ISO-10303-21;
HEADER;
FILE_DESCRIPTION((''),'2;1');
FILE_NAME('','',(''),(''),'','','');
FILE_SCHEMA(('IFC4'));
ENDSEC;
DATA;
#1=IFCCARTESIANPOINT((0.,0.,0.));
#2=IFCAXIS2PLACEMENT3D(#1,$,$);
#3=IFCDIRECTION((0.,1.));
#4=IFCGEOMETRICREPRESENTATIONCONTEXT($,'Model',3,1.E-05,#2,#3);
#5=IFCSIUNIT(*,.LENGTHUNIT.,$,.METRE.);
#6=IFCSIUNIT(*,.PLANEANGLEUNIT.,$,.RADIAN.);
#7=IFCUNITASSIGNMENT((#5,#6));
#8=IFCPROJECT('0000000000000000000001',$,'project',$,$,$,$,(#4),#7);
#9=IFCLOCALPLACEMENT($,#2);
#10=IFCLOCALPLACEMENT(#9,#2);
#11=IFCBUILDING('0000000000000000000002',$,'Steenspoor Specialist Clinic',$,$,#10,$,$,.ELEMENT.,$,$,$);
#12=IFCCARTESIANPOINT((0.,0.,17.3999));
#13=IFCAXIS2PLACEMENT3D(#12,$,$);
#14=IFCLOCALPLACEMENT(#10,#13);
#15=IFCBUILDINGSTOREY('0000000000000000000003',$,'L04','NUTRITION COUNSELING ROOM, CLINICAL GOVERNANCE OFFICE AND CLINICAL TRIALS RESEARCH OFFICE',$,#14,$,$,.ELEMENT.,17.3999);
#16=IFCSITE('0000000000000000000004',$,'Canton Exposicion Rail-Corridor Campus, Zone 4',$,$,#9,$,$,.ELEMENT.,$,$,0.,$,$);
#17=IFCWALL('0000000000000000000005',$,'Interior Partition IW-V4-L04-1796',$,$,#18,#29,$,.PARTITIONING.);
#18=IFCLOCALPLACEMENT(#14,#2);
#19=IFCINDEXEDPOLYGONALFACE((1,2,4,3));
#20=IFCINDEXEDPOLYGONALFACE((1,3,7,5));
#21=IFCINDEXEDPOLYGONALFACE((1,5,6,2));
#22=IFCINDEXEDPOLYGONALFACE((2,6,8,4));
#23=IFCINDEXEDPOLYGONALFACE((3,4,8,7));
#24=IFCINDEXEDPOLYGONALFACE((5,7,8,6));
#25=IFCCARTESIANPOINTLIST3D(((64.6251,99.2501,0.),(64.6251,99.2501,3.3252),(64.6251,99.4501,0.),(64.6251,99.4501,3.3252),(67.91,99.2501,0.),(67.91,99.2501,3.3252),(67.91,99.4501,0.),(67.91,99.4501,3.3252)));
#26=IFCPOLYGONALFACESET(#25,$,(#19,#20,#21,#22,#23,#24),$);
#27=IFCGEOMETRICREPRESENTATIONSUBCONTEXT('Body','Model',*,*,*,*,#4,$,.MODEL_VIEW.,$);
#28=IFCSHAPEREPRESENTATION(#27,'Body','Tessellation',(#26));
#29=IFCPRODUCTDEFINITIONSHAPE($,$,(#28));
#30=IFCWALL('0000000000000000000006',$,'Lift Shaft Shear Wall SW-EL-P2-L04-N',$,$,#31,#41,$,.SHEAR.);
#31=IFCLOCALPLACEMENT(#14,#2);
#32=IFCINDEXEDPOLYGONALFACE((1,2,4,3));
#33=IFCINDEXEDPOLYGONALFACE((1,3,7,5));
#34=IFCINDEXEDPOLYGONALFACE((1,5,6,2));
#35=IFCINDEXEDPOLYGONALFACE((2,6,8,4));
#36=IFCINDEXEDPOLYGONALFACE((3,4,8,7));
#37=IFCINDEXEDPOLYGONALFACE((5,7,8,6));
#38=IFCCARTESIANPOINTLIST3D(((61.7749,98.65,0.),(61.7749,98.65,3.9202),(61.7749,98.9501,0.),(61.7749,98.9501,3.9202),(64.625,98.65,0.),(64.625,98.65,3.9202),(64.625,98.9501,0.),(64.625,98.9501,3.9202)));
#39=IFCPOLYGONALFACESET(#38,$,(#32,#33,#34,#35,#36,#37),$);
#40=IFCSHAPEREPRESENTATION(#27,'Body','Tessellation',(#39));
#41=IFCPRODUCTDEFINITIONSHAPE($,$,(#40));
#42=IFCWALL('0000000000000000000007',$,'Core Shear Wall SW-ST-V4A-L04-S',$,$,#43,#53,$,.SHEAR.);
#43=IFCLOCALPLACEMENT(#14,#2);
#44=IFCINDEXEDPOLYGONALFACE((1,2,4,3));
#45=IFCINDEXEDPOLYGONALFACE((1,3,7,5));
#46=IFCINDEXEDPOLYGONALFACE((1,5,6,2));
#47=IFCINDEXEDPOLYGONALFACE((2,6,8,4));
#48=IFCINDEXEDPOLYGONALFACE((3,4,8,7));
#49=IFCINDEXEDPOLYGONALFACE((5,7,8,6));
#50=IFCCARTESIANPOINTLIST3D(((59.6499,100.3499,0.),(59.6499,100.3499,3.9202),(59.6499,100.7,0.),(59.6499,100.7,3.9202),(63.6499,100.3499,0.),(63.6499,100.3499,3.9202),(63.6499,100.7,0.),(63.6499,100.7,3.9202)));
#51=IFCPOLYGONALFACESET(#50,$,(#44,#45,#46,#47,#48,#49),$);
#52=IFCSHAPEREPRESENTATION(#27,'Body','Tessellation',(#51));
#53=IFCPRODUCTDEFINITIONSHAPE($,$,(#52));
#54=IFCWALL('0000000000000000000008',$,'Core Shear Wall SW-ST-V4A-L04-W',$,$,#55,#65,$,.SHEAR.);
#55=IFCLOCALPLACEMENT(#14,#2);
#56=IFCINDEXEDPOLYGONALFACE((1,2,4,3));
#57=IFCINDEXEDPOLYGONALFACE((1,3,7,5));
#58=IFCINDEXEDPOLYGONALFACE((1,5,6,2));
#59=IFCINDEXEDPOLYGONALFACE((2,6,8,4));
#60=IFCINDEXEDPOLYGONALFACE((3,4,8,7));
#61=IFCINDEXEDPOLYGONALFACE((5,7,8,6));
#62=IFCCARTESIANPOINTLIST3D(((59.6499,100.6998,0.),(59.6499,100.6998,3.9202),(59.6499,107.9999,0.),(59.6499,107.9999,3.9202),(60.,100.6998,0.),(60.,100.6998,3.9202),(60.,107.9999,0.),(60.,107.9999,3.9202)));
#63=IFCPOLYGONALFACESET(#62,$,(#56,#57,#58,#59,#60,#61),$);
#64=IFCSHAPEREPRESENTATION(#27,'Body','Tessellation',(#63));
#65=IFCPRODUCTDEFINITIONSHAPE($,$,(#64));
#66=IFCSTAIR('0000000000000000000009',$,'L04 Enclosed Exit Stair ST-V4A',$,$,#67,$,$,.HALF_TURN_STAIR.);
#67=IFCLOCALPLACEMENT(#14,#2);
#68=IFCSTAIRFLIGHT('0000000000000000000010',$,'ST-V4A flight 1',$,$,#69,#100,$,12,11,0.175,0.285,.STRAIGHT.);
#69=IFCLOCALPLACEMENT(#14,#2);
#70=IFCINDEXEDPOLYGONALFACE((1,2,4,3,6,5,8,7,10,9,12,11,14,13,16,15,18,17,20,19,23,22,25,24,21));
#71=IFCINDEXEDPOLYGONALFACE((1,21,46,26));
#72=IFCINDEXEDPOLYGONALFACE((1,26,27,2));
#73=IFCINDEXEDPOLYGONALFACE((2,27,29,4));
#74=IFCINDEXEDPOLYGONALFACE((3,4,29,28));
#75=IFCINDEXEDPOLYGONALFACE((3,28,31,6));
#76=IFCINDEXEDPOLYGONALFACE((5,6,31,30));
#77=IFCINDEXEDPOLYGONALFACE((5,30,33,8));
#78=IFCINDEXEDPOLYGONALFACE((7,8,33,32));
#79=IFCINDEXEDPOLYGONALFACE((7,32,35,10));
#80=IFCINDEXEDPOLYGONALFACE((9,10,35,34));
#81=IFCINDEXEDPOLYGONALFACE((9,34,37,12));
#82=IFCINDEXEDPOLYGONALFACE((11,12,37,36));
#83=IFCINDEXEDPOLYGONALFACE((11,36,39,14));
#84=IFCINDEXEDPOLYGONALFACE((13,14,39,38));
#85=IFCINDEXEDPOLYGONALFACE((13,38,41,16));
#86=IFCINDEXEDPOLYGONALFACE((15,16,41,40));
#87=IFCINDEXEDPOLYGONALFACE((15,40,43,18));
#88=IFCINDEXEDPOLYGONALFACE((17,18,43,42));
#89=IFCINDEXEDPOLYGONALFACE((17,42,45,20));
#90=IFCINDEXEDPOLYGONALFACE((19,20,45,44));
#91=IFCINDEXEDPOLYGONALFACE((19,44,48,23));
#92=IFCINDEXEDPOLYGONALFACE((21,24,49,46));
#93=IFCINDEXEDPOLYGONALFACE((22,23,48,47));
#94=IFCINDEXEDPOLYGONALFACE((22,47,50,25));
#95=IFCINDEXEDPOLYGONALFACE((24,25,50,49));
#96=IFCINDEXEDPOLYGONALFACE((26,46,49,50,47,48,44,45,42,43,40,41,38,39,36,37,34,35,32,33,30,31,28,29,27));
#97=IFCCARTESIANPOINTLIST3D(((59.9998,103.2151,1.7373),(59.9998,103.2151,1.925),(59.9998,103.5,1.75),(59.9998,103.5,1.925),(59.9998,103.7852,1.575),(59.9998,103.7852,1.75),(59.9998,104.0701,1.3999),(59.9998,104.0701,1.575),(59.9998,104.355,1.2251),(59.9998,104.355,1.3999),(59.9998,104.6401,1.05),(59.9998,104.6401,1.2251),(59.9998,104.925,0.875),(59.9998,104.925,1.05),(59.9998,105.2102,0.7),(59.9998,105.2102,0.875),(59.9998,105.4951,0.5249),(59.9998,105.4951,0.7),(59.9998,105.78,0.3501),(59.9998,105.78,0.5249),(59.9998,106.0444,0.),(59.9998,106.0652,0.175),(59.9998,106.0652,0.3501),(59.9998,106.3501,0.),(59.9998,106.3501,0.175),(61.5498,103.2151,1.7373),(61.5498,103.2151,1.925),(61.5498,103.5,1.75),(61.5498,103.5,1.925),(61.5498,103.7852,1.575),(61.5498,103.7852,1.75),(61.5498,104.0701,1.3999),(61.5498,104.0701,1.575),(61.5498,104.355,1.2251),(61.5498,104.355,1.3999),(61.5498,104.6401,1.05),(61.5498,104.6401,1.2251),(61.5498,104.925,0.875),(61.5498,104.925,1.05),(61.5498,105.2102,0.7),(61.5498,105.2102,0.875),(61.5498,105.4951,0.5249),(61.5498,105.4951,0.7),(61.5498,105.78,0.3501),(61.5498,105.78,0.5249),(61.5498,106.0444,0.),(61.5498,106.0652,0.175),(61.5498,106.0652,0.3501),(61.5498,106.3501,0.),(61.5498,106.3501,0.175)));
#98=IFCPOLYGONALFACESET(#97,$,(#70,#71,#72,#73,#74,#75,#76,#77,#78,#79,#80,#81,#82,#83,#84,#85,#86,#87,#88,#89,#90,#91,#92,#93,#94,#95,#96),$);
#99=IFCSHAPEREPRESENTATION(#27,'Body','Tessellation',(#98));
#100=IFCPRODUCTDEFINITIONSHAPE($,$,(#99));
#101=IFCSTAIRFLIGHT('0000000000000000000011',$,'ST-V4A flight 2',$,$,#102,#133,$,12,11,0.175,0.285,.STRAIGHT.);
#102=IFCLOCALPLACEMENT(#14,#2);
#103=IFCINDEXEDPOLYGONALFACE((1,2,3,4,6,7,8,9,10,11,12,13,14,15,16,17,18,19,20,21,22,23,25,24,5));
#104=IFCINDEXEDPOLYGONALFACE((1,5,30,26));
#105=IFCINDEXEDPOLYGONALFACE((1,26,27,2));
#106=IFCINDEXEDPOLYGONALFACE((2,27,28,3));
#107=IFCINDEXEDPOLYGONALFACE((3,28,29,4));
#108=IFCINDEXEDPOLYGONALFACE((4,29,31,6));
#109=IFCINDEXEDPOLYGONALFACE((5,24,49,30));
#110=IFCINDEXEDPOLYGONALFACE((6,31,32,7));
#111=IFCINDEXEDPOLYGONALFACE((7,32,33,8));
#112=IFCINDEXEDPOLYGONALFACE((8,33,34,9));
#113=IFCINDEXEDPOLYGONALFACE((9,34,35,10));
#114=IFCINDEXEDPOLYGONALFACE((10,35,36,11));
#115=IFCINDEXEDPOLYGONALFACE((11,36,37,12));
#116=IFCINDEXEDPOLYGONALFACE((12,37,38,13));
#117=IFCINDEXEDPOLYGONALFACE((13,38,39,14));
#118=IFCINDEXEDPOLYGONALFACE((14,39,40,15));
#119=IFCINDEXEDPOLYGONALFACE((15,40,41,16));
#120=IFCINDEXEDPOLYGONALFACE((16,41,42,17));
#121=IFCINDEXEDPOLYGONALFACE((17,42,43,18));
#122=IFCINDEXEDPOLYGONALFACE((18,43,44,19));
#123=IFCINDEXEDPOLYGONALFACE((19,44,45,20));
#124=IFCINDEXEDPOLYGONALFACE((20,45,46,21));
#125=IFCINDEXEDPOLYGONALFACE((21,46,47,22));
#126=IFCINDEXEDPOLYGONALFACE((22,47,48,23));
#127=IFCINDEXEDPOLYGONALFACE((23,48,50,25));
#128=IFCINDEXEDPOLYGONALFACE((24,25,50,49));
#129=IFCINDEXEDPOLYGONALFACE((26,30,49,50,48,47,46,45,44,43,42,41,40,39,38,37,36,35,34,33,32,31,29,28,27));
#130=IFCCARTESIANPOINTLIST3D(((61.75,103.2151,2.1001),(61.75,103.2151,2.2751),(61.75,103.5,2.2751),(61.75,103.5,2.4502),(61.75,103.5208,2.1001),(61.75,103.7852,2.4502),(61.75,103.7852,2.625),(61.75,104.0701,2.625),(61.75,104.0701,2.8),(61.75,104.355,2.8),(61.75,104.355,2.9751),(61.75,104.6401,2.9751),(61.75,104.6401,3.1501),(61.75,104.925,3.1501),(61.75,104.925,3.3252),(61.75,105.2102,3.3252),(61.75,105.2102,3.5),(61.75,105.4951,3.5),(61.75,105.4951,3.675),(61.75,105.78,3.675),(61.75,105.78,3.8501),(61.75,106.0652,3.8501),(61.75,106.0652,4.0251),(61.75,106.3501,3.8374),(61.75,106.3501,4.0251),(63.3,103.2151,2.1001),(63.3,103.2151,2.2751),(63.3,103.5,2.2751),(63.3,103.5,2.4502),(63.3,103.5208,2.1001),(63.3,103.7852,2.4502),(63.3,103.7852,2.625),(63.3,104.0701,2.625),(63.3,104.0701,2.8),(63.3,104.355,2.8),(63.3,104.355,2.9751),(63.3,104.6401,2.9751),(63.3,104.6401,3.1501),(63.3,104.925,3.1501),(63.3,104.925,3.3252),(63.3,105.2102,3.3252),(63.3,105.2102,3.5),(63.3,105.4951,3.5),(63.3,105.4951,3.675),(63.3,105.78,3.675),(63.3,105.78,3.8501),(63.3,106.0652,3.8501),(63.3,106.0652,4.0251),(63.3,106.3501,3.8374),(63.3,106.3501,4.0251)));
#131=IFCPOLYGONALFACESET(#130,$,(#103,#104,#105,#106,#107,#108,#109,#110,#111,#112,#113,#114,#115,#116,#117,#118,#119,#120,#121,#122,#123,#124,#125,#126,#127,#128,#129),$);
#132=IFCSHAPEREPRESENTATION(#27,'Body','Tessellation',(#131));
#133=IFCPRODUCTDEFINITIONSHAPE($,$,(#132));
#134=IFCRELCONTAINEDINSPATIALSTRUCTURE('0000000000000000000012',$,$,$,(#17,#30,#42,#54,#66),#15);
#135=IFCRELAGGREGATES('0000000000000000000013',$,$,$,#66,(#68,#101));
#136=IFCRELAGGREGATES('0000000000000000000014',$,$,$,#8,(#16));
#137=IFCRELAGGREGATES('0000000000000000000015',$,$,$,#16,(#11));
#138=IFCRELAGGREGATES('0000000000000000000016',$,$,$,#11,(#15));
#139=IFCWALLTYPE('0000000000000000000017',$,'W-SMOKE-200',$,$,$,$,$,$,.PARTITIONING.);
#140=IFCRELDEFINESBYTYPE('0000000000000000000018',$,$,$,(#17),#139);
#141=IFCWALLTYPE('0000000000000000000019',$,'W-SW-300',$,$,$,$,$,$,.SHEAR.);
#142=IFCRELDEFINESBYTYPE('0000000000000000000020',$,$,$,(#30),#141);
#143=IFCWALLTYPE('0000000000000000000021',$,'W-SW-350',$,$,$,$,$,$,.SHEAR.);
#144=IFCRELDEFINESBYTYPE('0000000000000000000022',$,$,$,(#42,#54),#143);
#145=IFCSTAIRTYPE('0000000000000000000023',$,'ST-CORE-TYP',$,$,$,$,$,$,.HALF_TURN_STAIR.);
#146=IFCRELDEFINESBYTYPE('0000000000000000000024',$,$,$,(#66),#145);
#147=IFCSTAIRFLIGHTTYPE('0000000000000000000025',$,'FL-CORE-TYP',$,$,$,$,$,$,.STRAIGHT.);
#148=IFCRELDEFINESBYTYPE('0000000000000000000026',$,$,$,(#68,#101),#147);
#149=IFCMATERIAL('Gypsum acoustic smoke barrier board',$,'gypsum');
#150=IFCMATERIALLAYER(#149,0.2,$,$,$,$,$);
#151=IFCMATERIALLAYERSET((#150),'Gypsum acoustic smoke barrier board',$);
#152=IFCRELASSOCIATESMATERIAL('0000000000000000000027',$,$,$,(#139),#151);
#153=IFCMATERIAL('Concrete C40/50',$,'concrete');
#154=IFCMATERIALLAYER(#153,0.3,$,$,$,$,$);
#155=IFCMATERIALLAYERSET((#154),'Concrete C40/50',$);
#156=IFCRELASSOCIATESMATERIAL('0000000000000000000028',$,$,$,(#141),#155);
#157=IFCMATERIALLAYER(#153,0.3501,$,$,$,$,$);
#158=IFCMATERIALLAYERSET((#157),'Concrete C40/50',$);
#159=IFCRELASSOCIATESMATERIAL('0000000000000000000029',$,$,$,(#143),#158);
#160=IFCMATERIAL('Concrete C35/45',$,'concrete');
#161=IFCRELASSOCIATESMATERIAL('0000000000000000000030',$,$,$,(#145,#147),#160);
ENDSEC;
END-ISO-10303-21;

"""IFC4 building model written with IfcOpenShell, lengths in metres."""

from ifc_helpers import new_model, si_unit, direction, frame, frame_2d, origin, place, context, subcontext, project, spatial, polyline, rectangle, outline, extrude, material, layer, layer_set, type_object, element, aggregate, save


model = new_model("IFC4")

# Units and contexts
model_context = context("Model", 3, precision=1e-05, world=origin(), true_north=direction((0.0, 1.0)))
body_context = subcontext(model_context, "Body", "Model", "MODEL_VIEW")
ifc_project = project(units=[si_unit("LENGTHUNIT", "METRE"), si_unit("PLANEANGLEUNIT", "RADIAN")], contexts=[model_context])

# Site, building, storey
site_placement = place(None, origin())
site = spatial("IfcSite", under=ifc_project, at=site_placement, Name="Canton Exposicion Rail-Corridor Campus, Zone 4", CompositionType="ELEMENT", RefElevation=0.0)
building_placement = place(site_placement, origin())
building = spatial("IfcBuilding", under=site, at=building_placement, Name="Steenspoor Specialist Clinic", CompositionType="ELEMENT")
storey_placement = place(building_placement, frame((0.0, 0.0, 17.3999)))
storey = spatial("IfcBuildingStorey", under=building, at=storey_placement, Name="L04", Description="NUTRITION COUNSELING ROOM, CLINICAL GOVERNANCE OFFICE AND CLINICAL TRIALS RESEARCH OFFICE", CompositionType="ELEMENT", Elevation=17.3999)

# Shared definitions
ifc_material_1 = material(Name="Concrete C40/50", Category="concrete")

# Shared definitions
ifc_material_2 = material(Name="Concrete C35/45", Category="concrete")

# Walls
ifc_material_3 = material(Name="Gypsum acoustic smoke barrier board", Category="gypsum")
ifc_layer_1 = layer(ifc_material_3, 0.2)
ifc_layer_set_1 = layer_set([ifc_layer_1], Name="Gypsum acoustic smoke barrier board")
wall_type_1 = type_object("IfcWallType", Name="W-SMOKE-200", PredefinedType="PARTITIONING", material=ifc_layer_set_1)
wall_1_placement = place(storey_placement, frame((64.625, 99.3501, 0.0), z_axis=(0.0, 0.0, 1.0), x_axis=(1.0, 0.0, 0.0)))
element("IfcWall", 1, at=wall_1_placement, inside=storey, type_object=wall_type_1, Name="Interior Partition IW-V4-L04-1796", PredefinedType="PARTITIONING", context=body_context, shape_type="SweptSolid", body=[
    extrude(rectangle(XDim=3.2849, YDim=0.2, at=frame_2d((1.6426, 0.0))), origin(), (0.0, 0.0, 1.0), 3.3252),
])
ifc_layer_2 = layer(ifc_material_1, 0.3)
ifc_layer_set_2 = layer_set([ifc_layer_2], Name="Concrete C40/50")
wall_type_2 = type_object("IfcWallType", Name="W-SW-300", PredefinedType="SHEAR", material=ifc_layer_set_2)
wall_2_placement = place(storey_placement, frame((61.7749, 98.8, 0.0), z_axis=(0.0, 0.0, 1.0), x_axis=(1.0, 0.0, 0.0)))
element("IfcWall", 2, at=wall_2_placement, inside=storey, type_object=wall_type_2, Name="Lift Shaft Shear Wall SW-EL-P2-L04-N", PredefinedType="SHEAR", context=body_context, shape_type="SweptSolid", body=[
    extrude(rectangle(XDim=2.8501, YDim=0.3, at=frame_2d((1.425, 0.0))), origin(), (0.0, 0.0, 1.0), 3.9202),
])
ifc_layer_3 = layer(ifc_material_1, 0.3501)
ifc_layer_set_3 = layer_set([ifc_layer_3], Name="Concrete C40/50")
wall_type_3 = type_object("IfcWallType", Name="W-SW-350", PredefinedType="SHEAR", material=ifc_layer_set_3)
wall_3_placement = place(storey_placement, frame((59.6499, 100.5249, 0.0), z_axis=(0.0, 0.0, 1.0), x_axis=(1.0, 0.0, 0.0)))
element("IfcWall", 3, at=wall_3_placement, inside=storey, type_object=wall_type_3, Name="Core Shear Wall SW-ST-V4A-L04-S", PredefinedType="SHEAR", context=body_context, shape_type="SweptSolid", body=[
    extrude(rectangle(XDim=4.0, YDim=0.3501, at=frame_2d((2.0, 0.0))), origin(), (0.0, 0.0, 1.0), 3.9202),
])
wall_4_placement = place(storey_placement, frame((59.825, 100.7, 0.0), z_axis=(0.0, 0.0, 1.0), x_axis=(0.0, 1.0, 0.0)))
element("IfcWall", 4, at=wall_4_placement, inside=storey, type_object=wall_type_3, Name="Core Shear Wall SW-ST-V4A-L04-W", PredefinedType="SHEAR", context=body_context, shape_type="SweptSolid", body=[
    extrude(rectangle(XDim=7.3, YDim=0.3501, at=frame_2d((3.6499, 0.0))), origin(), (0.0, 0.0, 1.0), 3.9202),
])

# Stair, stair flights
stair_type = type_object("IfcStairType", Name="ST-CORE-TYP", PredefinedType="HALF_TURN_STAIR", material=ifc_material_2)
stair_placement = place(storey_placement, origin())
stair = element("IfcStair", 5, at=stair_placement, inside=storey, type_object=stair_type, Name="L04 Enclosed Exit Stair ST-V4A", PredefinedType="HALF_TURN_STAIR")
stair_flight_type = type_object("IfcStairFlightType", Name="FL-CORE-TYP", PredefinedType="STRAIGHT", material=ifc_material_2)
stair_flight_1_placement = place(storey_placement, frame((60.7749, 106.3501, 0.0), z_axis=(0.0, 0.0, 1.0), x_axis=(0.0, -1.0, 0.0)))
stair_flight_1 = element("IfcStairFlight", 6, at=stair_flight_1_placement, type_object=stair_flight_type, Name="ST-V4A flight 1", NumberOfRisers=12, NumberOfTreads=11, PredefinedType="STRAIGHT", RiserHeight=0.175, TreadLength=0.285, context=body_context, shape_type="SweptSolid", body=[
    extrude(outline(polyline([(0.0, 0.0), (0.0, 0.175), (0.2849, 0.175), (0.2849, 0.3501), (0.5701, 0.3501), (0.5701, 0.5249), (0.855, 0.5249), (0.855, 0.7), (1.1399, 0.7), (1.1399, 0.875), (1.425, 0.875), (1.425, 1.05), (1.71, 1.05), (1.71, 1.2251), (1.9951, 1.2251), (1.9951, 1.3999), (2.28, 1.3999), (2.28, 1.575), (2.5649, 1.575), (2.5649, 1.75), (2.8501, 1.75), (2.8501, 1.925), (3.135, 1.925), (3.135, 2.1001), (3.135, 1.7373), (0.3057, 0.0), (0.0, 0.0)])), frame((0.0, 0.7749, 0.0), z_axis=(0.0, -1.0, 0.0), x_axis=(1.0, 0.0, 0.0)), (0.0, 0.0, 1.0), 1.55),
])
stair_flight_2_placement = place(storey_placement, frame((62.5249, 103.2151, 2.1001), z_axis=(0.0, 0.0, 1.0), x_axis=(0.0, 1.0, 0.0)))
stair_flight_2 = element("IfcStairFlight", 7, at=stair_flight_2_placement, type_object=stair_flight_type, Name="ST-V4A flight 2", NumberOfRisers=12, NumberOfTreads=11, PredefinedType="STRAIGHT", RiserHeight=0.175, TreadLength=0.285, context=body_context, shape_type="SweptSolid", body=[
    extrude(outline(polyline([(0.0, 0.0), (0.0, 0.175), (0.2849, 0.175), (0.2849, 0.3501), (0.5701, 0.3501), (0.5701, 0.5249), (0.855, 0.5249), (0.855, 0.7), (1.1399, 0.7), (1.1399, 0.875), (1.425, 0.875), (1.425, 1.05), (1.71, 1.05), (1.71, 1.2251), (1.9951, 1.2251), (1.9951, 1.3999), (2.28, 1.3999), (2.28, 1.575), (2.5649, 1.575), (2.5649, 1.75), (2.8501, 1.75), (2.8501, 1.925), (3.135, 1.925), (3.135, 2.1001), (3.135, 1.7373), (0.3057, 0.0), (0.0, 0.0)])), frame((0.0, 0.7749, 0.0), z_axis=(0.0, -1.0, 0.0), x_axis=(1.0, 0.0, 0.0)), (0.0, 0.0, 1.0), 1.55),
])
aggregate(stair, [stair_flight_1, stair_flight_2])

save(model, "model.ifc")
